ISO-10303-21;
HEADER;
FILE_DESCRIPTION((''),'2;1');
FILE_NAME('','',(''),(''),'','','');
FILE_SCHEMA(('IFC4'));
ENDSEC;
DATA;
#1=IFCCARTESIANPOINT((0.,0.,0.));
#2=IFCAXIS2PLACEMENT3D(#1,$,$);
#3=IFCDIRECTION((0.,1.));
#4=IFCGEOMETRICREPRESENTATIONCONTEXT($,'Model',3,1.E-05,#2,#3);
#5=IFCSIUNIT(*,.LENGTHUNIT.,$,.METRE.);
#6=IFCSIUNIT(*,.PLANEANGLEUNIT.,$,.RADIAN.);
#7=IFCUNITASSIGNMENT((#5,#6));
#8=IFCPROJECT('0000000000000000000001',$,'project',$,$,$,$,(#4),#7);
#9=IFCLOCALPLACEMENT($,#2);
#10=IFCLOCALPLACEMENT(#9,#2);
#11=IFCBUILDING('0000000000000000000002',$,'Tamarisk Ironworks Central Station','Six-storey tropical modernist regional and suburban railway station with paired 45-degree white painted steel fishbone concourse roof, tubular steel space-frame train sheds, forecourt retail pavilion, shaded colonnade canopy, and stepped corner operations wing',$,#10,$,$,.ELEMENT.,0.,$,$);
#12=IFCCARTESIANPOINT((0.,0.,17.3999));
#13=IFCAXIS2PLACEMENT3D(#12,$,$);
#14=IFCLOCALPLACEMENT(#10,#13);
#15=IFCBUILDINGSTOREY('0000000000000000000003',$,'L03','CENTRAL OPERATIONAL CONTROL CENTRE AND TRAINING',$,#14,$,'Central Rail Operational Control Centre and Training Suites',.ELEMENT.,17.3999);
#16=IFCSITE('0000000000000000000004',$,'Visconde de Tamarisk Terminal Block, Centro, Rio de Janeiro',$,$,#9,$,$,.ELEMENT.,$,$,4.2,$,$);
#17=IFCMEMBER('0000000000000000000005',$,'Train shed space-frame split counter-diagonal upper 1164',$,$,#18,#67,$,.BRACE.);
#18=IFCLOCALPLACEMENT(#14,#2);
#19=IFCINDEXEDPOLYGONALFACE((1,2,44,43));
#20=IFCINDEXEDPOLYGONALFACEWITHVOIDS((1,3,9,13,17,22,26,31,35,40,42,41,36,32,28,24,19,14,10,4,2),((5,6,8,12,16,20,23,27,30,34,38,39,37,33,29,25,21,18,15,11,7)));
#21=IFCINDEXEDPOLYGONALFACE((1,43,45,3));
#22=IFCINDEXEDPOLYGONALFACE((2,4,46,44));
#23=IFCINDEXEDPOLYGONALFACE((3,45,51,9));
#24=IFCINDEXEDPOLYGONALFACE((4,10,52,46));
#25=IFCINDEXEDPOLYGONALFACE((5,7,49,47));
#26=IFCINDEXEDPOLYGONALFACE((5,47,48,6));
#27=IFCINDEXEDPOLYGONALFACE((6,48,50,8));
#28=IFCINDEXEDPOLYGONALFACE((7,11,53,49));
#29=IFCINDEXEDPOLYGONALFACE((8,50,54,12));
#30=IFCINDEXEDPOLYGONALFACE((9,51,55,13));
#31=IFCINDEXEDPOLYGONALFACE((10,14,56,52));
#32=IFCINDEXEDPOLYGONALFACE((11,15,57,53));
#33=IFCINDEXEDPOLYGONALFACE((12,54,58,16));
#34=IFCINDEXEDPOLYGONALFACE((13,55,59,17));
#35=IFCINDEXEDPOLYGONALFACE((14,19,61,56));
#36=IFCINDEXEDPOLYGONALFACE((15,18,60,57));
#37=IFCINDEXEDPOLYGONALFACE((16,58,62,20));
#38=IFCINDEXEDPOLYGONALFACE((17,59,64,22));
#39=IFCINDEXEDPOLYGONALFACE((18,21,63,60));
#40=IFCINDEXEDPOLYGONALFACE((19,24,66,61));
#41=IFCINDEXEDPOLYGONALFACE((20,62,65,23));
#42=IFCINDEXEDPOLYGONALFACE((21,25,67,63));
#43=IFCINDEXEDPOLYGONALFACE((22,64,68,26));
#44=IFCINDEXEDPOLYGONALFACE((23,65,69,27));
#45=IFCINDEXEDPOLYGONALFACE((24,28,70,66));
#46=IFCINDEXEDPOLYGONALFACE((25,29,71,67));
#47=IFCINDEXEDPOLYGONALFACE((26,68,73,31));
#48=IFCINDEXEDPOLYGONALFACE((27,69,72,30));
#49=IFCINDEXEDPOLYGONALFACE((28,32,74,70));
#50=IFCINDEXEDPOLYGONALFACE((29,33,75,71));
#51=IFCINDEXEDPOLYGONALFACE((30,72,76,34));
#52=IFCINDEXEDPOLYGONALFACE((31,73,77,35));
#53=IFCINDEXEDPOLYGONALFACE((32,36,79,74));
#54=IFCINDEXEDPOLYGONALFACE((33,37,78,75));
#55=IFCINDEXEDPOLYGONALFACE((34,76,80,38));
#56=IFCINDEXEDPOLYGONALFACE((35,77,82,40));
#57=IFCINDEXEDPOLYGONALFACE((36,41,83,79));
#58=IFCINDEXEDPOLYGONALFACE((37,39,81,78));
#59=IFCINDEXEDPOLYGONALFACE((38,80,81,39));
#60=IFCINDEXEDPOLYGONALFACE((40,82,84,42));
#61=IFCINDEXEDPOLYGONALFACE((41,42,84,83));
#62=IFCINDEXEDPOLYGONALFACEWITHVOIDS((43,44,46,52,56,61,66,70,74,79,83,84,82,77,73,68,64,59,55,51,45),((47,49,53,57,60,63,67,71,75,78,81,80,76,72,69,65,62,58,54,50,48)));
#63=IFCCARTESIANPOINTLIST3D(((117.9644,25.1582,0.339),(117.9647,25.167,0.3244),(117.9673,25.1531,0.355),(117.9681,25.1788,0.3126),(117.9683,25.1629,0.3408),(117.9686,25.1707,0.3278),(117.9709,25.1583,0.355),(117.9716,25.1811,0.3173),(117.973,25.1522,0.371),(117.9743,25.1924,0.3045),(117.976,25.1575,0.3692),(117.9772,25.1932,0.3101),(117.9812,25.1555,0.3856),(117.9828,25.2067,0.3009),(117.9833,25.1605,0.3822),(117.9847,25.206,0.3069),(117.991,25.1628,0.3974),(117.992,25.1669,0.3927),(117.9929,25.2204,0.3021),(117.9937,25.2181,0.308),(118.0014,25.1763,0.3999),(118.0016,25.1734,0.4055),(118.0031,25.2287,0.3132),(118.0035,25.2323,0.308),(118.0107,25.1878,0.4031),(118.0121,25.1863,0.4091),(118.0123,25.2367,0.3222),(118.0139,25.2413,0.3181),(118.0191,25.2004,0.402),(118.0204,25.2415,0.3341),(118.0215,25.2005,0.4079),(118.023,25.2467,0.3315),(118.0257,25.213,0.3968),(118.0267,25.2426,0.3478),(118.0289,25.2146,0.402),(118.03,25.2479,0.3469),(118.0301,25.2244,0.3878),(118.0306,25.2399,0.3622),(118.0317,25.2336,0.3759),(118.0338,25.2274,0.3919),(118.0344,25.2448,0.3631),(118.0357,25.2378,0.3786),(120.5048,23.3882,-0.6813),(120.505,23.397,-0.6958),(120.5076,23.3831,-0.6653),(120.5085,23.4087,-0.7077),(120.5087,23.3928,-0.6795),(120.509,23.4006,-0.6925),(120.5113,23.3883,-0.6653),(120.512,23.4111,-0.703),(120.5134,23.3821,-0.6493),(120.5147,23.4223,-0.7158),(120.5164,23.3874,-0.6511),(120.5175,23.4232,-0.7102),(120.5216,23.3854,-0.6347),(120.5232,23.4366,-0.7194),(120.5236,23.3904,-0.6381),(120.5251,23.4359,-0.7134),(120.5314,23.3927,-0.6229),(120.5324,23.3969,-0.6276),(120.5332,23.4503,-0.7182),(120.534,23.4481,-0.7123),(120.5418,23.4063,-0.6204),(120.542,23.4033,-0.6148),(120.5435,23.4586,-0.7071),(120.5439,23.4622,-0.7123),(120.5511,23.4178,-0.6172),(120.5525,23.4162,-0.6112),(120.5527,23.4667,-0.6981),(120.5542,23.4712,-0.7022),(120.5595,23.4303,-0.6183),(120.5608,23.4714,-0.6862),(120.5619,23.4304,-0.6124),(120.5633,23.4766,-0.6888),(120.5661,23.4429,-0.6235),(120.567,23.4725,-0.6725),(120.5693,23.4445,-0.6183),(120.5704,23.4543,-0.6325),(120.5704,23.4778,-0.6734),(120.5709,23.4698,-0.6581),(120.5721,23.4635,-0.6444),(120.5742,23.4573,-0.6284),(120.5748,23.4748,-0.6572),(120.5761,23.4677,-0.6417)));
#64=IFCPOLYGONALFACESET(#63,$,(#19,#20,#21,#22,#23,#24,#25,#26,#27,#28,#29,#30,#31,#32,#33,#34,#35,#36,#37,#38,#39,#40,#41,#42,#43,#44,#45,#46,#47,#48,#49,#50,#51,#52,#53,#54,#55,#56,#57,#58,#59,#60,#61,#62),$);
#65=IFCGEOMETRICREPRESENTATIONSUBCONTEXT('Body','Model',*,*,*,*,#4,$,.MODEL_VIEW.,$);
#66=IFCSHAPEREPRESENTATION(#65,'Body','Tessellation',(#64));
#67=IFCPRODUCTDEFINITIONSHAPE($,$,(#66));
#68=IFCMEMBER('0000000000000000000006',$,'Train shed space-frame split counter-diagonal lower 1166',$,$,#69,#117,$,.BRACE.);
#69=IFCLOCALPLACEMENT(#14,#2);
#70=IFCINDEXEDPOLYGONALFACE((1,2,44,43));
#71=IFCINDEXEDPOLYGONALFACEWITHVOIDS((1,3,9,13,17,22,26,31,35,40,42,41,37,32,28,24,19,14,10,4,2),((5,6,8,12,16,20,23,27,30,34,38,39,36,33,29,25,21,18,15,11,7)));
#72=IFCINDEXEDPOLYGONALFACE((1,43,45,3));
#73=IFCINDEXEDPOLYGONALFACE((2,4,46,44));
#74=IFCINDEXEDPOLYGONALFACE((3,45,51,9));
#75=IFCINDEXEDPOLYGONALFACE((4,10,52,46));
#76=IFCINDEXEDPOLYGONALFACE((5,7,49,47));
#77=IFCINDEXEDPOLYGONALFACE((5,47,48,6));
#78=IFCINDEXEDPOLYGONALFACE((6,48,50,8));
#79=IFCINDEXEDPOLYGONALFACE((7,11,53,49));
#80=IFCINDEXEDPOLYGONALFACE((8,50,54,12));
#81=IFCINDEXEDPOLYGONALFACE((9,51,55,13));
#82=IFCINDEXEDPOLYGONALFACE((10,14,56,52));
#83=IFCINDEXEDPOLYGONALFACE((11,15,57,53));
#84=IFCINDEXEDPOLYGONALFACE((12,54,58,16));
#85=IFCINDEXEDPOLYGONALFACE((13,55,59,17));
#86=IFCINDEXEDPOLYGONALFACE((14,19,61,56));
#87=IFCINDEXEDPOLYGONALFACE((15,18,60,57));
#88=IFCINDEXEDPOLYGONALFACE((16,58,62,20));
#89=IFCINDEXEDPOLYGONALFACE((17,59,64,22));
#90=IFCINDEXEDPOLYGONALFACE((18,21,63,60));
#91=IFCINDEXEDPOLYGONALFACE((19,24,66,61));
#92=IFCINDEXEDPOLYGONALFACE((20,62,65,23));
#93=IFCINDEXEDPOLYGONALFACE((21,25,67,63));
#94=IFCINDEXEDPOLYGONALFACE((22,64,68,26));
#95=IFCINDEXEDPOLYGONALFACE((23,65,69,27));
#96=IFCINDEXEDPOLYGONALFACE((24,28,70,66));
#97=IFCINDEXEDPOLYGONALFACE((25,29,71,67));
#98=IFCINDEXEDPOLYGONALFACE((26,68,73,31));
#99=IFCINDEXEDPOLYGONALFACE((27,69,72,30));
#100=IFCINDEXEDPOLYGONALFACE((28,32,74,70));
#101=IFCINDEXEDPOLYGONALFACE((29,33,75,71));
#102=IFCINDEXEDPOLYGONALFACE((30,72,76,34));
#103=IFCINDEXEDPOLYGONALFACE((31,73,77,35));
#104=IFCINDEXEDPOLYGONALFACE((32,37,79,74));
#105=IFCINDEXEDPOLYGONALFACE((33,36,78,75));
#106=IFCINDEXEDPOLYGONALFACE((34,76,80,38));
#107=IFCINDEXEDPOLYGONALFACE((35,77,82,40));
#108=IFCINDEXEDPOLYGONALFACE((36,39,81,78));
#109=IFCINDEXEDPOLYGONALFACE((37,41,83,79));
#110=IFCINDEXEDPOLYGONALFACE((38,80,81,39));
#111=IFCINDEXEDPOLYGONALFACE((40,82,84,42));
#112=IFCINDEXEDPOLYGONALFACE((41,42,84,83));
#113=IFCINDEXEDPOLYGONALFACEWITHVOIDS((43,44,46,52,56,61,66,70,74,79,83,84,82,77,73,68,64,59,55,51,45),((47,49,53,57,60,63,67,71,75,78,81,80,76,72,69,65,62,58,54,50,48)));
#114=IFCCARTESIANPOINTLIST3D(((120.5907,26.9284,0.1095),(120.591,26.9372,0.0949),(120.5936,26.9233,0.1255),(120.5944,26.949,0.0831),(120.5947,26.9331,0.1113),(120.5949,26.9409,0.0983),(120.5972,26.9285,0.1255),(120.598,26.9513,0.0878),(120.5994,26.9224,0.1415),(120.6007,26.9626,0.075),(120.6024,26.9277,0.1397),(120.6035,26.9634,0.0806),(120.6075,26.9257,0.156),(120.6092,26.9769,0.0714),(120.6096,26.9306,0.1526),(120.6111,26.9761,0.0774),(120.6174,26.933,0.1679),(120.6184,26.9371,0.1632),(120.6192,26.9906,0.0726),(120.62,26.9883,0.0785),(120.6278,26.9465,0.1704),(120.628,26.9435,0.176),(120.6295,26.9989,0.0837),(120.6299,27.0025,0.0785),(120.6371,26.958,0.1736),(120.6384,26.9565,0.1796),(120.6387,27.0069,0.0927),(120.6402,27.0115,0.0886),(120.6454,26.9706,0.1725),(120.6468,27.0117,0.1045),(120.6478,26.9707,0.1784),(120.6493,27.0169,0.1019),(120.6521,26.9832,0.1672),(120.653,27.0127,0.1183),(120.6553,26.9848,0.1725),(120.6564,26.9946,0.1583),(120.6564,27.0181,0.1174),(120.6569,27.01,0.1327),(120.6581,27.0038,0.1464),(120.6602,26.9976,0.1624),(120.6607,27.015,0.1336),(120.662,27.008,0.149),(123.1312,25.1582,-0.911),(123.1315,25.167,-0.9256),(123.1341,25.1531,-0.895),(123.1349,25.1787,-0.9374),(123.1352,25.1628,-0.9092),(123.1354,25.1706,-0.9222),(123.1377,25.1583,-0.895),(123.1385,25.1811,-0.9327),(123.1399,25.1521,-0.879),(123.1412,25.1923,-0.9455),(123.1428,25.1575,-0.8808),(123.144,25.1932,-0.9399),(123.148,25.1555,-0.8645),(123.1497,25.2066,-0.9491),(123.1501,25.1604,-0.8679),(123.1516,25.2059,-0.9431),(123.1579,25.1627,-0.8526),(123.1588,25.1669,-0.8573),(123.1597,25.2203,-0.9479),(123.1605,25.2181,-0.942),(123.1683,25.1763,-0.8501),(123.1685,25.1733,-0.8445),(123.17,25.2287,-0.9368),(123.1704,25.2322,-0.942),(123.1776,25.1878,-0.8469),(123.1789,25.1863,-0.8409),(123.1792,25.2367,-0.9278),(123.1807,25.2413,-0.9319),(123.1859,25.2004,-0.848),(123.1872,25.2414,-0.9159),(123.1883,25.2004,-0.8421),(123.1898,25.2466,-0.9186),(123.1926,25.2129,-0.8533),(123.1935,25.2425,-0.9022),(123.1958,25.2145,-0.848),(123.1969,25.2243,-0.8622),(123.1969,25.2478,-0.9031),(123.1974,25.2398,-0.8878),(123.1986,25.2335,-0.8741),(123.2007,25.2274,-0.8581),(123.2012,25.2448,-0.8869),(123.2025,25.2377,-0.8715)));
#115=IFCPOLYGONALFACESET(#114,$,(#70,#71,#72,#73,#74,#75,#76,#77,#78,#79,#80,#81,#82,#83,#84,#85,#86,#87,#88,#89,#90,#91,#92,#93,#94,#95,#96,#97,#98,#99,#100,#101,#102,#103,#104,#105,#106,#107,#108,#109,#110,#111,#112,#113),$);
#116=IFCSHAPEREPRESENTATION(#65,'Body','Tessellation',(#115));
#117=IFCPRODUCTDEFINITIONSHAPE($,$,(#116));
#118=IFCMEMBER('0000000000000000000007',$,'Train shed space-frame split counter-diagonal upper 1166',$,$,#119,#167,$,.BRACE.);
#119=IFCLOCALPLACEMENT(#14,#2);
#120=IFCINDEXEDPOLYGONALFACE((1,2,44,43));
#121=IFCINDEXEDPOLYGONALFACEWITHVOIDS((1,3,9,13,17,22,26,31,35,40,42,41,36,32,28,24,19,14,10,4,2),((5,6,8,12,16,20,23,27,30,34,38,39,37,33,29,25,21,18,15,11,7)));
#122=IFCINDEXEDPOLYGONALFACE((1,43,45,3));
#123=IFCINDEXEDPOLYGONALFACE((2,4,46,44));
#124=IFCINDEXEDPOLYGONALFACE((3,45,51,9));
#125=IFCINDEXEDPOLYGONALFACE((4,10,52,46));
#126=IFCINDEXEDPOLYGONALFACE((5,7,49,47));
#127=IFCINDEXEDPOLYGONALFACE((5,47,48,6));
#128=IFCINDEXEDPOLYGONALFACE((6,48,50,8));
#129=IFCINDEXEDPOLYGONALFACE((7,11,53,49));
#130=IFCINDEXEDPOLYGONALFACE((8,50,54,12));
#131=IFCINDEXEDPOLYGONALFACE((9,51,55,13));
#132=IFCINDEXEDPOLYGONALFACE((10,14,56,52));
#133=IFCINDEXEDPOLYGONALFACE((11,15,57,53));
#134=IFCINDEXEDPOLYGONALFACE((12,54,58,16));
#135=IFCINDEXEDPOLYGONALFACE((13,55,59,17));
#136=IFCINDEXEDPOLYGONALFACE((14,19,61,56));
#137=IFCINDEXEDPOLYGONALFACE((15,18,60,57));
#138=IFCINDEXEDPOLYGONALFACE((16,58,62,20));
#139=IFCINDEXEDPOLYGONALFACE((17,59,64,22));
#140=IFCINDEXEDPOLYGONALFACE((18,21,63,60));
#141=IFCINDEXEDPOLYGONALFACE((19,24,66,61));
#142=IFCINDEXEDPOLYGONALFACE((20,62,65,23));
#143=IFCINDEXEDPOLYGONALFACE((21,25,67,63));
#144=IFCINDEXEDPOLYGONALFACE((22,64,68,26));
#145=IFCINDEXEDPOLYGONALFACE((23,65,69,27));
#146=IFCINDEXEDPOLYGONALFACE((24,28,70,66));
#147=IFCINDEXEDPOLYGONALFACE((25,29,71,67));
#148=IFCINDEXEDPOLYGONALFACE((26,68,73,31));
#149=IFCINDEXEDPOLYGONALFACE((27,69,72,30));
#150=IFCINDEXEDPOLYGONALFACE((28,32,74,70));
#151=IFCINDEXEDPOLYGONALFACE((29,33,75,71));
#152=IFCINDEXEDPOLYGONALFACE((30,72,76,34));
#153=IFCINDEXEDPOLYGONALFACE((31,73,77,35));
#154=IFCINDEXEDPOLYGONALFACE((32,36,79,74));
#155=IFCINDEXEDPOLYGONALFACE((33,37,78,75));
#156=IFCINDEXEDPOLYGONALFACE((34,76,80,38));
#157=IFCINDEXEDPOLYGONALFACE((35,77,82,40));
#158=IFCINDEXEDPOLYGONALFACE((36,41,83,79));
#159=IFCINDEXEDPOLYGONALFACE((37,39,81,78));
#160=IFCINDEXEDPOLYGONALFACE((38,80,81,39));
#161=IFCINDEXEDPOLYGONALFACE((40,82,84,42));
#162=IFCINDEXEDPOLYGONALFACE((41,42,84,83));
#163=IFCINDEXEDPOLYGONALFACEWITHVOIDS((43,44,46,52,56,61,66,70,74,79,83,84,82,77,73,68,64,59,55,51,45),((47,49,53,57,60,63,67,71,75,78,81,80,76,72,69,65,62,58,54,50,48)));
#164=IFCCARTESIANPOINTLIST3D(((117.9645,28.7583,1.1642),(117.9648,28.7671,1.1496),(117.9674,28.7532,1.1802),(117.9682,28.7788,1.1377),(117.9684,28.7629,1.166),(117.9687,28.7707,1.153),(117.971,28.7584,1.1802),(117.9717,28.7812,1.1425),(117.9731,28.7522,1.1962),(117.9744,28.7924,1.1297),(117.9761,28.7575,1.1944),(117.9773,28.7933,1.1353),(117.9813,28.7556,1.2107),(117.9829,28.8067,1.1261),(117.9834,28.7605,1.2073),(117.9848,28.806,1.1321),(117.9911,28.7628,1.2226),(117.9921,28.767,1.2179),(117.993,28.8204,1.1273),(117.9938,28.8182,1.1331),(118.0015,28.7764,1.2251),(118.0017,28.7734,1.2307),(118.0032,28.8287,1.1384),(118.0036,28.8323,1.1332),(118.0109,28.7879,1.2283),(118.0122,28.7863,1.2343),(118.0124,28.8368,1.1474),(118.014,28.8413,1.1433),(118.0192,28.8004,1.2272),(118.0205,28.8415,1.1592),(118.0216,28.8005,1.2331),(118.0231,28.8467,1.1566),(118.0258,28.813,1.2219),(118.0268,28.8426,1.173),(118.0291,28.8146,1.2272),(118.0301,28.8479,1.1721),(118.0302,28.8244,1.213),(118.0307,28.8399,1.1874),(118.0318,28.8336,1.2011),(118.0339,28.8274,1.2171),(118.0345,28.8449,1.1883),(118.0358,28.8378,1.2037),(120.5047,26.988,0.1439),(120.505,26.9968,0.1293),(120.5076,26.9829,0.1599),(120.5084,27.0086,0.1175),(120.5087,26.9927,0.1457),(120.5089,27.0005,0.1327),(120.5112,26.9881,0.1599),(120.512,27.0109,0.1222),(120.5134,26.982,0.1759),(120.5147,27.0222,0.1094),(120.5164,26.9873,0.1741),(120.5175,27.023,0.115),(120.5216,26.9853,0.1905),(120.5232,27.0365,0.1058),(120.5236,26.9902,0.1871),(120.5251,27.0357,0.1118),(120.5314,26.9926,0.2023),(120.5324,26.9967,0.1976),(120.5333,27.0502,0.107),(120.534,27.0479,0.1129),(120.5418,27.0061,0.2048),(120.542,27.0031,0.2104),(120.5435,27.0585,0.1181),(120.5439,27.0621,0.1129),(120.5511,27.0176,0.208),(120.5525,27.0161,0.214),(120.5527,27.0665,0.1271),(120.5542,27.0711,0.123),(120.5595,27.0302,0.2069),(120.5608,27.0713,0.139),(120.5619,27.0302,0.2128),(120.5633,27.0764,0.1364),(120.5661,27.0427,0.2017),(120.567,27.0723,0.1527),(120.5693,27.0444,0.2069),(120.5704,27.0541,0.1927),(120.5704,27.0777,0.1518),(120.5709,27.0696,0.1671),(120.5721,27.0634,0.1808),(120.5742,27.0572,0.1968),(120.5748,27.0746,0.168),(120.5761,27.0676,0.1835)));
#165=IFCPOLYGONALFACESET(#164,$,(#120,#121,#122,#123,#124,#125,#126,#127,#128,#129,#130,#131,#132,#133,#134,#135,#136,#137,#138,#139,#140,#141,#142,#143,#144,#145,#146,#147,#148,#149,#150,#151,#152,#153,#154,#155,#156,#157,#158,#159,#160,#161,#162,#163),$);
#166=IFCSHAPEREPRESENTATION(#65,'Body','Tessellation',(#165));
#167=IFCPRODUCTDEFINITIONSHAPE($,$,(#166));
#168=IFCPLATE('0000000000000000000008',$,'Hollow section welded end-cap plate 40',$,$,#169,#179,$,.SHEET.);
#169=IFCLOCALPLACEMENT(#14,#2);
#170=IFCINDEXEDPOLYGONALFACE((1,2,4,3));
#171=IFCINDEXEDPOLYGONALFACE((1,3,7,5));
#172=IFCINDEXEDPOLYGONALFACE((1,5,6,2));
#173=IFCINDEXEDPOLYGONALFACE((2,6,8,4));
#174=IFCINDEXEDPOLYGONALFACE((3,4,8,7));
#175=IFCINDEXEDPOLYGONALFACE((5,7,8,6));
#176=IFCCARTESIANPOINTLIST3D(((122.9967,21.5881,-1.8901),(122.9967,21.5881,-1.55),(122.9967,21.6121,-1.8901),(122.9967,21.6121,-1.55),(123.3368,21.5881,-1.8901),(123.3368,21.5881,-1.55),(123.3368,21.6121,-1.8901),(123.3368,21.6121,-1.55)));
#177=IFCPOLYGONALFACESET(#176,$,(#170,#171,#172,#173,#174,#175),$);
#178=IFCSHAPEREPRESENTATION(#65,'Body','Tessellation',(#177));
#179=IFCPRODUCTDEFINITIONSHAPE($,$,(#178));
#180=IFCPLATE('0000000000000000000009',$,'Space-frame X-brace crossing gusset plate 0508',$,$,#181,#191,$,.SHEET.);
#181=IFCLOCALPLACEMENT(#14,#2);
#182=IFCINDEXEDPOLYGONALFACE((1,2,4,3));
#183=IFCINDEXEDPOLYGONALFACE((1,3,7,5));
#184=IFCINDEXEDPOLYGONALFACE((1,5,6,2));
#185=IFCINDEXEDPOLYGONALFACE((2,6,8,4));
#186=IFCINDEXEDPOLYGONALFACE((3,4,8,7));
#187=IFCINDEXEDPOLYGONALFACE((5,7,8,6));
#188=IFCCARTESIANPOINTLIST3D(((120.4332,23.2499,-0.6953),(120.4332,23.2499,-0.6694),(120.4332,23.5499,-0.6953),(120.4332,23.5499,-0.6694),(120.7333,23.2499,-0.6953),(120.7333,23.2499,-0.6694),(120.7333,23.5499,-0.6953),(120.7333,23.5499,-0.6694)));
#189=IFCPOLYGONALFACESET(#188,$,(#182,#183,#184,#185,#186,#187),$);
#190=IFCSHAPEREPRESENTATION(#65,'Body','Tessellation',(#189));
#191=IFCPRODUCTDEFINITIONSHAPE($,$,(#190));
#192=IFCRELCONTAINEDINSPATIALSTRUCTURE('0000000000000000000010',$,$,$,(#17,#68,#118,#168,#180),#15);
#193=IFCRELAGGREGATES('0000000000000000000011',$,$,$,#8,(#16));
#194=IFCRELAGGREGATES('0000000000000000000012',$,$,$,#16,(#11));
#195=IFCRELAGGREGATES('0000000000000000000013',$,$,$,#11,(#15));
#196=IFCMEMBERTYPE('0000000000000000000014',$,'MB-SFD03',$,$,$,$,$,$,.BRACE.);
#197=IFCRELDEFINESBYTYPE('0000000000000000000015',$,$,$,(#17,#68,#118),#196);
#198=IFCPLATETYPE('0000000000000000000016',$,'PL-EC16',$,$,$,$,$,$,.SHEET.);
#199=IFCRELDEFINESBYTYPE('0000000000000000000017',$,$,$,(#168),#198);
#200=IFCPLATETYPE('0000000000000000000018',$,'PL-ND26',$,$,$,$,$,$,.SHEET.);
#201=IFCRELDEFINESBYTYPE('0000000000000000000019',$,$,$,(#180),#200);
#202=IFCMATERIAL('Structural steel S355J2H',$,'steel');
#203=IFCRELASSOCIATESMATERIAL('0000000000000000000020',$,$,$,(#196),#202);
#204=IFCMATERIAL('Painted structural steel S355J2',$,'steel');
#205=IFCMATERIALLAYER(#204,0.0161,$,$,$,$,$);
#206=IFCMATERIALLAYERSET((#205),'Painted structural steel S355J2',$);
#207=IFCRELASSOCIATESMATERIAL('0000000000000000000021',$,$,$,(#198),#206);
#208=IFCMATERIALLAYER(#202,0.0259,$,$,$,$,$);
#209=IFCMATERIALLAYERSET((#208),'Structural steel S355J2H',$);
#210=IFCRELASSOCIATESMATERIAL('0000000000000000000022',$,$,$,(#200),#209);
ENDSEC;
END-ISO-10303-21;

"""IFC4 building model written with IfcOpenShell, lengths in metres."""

from ifc_helpers import new_model, si_unit, direction, frame, origin, origin_2d, place, context, subcontext, project, spatial, rectangle, hollow_circle, extrude, material, layer, layer_set, material_profile, profile_set, type_object, element, save


model = new_model("IFC4")

# Units and contexts
model_context = context("Model", 3, precision=1e-05, world=origin(), true_north=direction((0.0, 1.0)))
body_context = subcontext(model_context, "Body", "Model", "MODEL_VIEW")
ifc_project = project(units=[si_unit("LENGTHUNIT", "METRE"), si_unit("PLANEANGLEUNIT", "RADIAN")], contexts=[model_context])

# Site, building, storey
site_placement = place(None, origin())
site = spatial("IfcSite", under=ifc_project, at=site_placement, Name="Visconde de Tamarisk Terminal Block, Centro, Rio de Janeiro", CompositionType="ELEMENT", RefElevation=4.2)
building_placement = place(site_placement, origin())
building = spatial("IfcBuilding", under=site, at=building_placement, Name="Tamarisk Ironworks Central Station", Description="Six-storey tropical modernist regional and suburban railway station with paired 45-degree white painted steel fishbone concourse roof, tubular steel space-frame train sheds, forecourt retail pavilion, shaded colonnade canopy, and stepped corner operations wing", CompositionType="ELEMENT", ElevationOfRefHeight=0.0)
storey_placement = place(building_placement, frame((0.0, 0.0, 17.3999)))
storey = spatial("IfcBuildingStorey", under=building, at=storey_placement, Name="L03", Description="CENTRAL OPERATIONAL CONTROL CENTRE AND TRAINING", LongName="Central Rail Operational Control Centre and Training Suites", CompositionType="ELEMENT", Elevation=17.3999)

# Members
ifc_material_1 = material(Name="Structural steel S355J2H", Category="steel")
ifc_material_profile_1 = material_profile(ifc_material_1, hollow_circle(Radius=0.0571, WallThickness=0.0063, at=origin_2d()), Name="CHS 114.3x6.3")
ifc_profile_set_1 = profile_set([ifc_material_profile_1], Name="Structural steel S355J2H")
member_type_1 = type_object("IfcMemberType", Name="MB-SFD03", PredefinedType="BRACE", material=ifc_profile_set_1)
for number, where, z_axis, x_axis, name in (
    (1, (120.5403, 23.4299, -0.6653), (-0.779252, 0.542967, 0.312974), (-0.571688, -0.820471, 0.0), "Train shed space-frame split counter-diagonal upper 1164"),
):
    element("IfcMember", number, at=place(storey_placement, frame(where, z_axis=z_axis, x_axis=x_axis)), inside=storey, type_object=member_type_1, Name=name, PredefinedType="BRACE", context=body_context, shape_type="SweptSolid", body=[
        extrude(hollow_circle(Radius=0.0571, WallThickness=0.0063, at=origin_2d()), origin(), (0.0, 0.0, 1.0), 3.26),
    ])
member_1_placement = place(storey_placement, frame((123.1667, 25.2, -0.895), z_axis=(-0.779231, 0.542976, 0.313011), x_axis=(-0.571704, -0.82046, 0.0)))
element("IfcMember", 2, at=member_1_placement, inside=storey, type_object=member_type_1, Name="Train shed space-frame split counter-diagonal lower 1166", PredefinedType="BRACE", context=body_context, shape_type="SweptSolid", body=[
    extrude(hollow_circle(Radius=0.0571, WallThickness=0.0063, at=origin_2d()), origin(), (0.0, 0.0, 1.0), 3.2603),
])
member_2_placement = place(storey_placement, frame((120.5403, 27.0298, 0.1599), z_axis=(-0.77922, 0.54302, 0.312961), x_axis=(-0.571741, -0.820434, 0.0)))
element("IfcMember", 3, at=member_2_placement, inside=storey, type_object=member_type_1, Name="Train shed space-frame split counter-diagonal upper 1166", PredefinedType="BRACE", context=body_context, shape_type="SweptSolid", body=[
    extrude(hollow_circle(Radius=0.0571, WallThickness=0.0063, at=origin_2d()), origin(), (0.0, 0.0, 1.0), 3.26),
])

# Plates
ifc_material_2 = material(Name="Painted structural steel S355J2", Category="steel")
ifc_layer_1 = layer(ifc_material_2, 0.0161)
ifc_layer_set_1 = layer_set([ifc_layer_1], Name="Painted structural steel S355J2")
plate_type_1 = type_object("IfcPlateType", Name="PL-EC16", PredefinedType="SHEET", material=ifc_layer_set_1)
plate_1_placement = place(storey_placement, frame((123.1667, 21.6001, -1.8901), z_axis=(0.0, 0.0, 1.0), x_axis=(1.0, 0.0, 0.0)))
element("IfcPlate", 4, at=plate_1_placement, inside=storey, type_object=plate_type_1, Name="Hollow section welded end-cap plate 40", PredefinedType="SHEET", context=body_context, shape_type="SweptSolid", body=[
    extrude(rectangle(XDim=0.3401, YDim=0.0239, at=origin_2d()), origin(), (0.0, 0.0, 1.0), 0.3401),
])
ifc_layer_2 = layer(ifc_material_1, 0.0259)
ifc_layer_set_2 = layer_set([ifc_layer_2], Name="Structural steel S355J2H")
plate_type_2 = type_object("IfcPlateType", Name="PL-ND26", PredefinedType="SHEET", material=ifc_layer_set_2)
plate_2_placement = place(storey_placement, frame((120.5833, 23.3999, -0.6953), z_axis=(0.0, 0.0, 1.0), x_axis=(1.0, 0.0, 0.0)))
element("IfcPlate", 5, at=plate_2_placement, inside=storey, type_object=plate_type_2, Name="Space-frame X-brace crossing gusset plate 0508", PredefinedType="SHEET", context=body_context, shape_type="SweptSolid", body=[
    extrude(rectangle(XDim=0.3, YDim=0.3, at=origin_2d()), origin(), (0.0, 0.0, 1.0), 0.0259),
])

save(model, "model.ifc")
